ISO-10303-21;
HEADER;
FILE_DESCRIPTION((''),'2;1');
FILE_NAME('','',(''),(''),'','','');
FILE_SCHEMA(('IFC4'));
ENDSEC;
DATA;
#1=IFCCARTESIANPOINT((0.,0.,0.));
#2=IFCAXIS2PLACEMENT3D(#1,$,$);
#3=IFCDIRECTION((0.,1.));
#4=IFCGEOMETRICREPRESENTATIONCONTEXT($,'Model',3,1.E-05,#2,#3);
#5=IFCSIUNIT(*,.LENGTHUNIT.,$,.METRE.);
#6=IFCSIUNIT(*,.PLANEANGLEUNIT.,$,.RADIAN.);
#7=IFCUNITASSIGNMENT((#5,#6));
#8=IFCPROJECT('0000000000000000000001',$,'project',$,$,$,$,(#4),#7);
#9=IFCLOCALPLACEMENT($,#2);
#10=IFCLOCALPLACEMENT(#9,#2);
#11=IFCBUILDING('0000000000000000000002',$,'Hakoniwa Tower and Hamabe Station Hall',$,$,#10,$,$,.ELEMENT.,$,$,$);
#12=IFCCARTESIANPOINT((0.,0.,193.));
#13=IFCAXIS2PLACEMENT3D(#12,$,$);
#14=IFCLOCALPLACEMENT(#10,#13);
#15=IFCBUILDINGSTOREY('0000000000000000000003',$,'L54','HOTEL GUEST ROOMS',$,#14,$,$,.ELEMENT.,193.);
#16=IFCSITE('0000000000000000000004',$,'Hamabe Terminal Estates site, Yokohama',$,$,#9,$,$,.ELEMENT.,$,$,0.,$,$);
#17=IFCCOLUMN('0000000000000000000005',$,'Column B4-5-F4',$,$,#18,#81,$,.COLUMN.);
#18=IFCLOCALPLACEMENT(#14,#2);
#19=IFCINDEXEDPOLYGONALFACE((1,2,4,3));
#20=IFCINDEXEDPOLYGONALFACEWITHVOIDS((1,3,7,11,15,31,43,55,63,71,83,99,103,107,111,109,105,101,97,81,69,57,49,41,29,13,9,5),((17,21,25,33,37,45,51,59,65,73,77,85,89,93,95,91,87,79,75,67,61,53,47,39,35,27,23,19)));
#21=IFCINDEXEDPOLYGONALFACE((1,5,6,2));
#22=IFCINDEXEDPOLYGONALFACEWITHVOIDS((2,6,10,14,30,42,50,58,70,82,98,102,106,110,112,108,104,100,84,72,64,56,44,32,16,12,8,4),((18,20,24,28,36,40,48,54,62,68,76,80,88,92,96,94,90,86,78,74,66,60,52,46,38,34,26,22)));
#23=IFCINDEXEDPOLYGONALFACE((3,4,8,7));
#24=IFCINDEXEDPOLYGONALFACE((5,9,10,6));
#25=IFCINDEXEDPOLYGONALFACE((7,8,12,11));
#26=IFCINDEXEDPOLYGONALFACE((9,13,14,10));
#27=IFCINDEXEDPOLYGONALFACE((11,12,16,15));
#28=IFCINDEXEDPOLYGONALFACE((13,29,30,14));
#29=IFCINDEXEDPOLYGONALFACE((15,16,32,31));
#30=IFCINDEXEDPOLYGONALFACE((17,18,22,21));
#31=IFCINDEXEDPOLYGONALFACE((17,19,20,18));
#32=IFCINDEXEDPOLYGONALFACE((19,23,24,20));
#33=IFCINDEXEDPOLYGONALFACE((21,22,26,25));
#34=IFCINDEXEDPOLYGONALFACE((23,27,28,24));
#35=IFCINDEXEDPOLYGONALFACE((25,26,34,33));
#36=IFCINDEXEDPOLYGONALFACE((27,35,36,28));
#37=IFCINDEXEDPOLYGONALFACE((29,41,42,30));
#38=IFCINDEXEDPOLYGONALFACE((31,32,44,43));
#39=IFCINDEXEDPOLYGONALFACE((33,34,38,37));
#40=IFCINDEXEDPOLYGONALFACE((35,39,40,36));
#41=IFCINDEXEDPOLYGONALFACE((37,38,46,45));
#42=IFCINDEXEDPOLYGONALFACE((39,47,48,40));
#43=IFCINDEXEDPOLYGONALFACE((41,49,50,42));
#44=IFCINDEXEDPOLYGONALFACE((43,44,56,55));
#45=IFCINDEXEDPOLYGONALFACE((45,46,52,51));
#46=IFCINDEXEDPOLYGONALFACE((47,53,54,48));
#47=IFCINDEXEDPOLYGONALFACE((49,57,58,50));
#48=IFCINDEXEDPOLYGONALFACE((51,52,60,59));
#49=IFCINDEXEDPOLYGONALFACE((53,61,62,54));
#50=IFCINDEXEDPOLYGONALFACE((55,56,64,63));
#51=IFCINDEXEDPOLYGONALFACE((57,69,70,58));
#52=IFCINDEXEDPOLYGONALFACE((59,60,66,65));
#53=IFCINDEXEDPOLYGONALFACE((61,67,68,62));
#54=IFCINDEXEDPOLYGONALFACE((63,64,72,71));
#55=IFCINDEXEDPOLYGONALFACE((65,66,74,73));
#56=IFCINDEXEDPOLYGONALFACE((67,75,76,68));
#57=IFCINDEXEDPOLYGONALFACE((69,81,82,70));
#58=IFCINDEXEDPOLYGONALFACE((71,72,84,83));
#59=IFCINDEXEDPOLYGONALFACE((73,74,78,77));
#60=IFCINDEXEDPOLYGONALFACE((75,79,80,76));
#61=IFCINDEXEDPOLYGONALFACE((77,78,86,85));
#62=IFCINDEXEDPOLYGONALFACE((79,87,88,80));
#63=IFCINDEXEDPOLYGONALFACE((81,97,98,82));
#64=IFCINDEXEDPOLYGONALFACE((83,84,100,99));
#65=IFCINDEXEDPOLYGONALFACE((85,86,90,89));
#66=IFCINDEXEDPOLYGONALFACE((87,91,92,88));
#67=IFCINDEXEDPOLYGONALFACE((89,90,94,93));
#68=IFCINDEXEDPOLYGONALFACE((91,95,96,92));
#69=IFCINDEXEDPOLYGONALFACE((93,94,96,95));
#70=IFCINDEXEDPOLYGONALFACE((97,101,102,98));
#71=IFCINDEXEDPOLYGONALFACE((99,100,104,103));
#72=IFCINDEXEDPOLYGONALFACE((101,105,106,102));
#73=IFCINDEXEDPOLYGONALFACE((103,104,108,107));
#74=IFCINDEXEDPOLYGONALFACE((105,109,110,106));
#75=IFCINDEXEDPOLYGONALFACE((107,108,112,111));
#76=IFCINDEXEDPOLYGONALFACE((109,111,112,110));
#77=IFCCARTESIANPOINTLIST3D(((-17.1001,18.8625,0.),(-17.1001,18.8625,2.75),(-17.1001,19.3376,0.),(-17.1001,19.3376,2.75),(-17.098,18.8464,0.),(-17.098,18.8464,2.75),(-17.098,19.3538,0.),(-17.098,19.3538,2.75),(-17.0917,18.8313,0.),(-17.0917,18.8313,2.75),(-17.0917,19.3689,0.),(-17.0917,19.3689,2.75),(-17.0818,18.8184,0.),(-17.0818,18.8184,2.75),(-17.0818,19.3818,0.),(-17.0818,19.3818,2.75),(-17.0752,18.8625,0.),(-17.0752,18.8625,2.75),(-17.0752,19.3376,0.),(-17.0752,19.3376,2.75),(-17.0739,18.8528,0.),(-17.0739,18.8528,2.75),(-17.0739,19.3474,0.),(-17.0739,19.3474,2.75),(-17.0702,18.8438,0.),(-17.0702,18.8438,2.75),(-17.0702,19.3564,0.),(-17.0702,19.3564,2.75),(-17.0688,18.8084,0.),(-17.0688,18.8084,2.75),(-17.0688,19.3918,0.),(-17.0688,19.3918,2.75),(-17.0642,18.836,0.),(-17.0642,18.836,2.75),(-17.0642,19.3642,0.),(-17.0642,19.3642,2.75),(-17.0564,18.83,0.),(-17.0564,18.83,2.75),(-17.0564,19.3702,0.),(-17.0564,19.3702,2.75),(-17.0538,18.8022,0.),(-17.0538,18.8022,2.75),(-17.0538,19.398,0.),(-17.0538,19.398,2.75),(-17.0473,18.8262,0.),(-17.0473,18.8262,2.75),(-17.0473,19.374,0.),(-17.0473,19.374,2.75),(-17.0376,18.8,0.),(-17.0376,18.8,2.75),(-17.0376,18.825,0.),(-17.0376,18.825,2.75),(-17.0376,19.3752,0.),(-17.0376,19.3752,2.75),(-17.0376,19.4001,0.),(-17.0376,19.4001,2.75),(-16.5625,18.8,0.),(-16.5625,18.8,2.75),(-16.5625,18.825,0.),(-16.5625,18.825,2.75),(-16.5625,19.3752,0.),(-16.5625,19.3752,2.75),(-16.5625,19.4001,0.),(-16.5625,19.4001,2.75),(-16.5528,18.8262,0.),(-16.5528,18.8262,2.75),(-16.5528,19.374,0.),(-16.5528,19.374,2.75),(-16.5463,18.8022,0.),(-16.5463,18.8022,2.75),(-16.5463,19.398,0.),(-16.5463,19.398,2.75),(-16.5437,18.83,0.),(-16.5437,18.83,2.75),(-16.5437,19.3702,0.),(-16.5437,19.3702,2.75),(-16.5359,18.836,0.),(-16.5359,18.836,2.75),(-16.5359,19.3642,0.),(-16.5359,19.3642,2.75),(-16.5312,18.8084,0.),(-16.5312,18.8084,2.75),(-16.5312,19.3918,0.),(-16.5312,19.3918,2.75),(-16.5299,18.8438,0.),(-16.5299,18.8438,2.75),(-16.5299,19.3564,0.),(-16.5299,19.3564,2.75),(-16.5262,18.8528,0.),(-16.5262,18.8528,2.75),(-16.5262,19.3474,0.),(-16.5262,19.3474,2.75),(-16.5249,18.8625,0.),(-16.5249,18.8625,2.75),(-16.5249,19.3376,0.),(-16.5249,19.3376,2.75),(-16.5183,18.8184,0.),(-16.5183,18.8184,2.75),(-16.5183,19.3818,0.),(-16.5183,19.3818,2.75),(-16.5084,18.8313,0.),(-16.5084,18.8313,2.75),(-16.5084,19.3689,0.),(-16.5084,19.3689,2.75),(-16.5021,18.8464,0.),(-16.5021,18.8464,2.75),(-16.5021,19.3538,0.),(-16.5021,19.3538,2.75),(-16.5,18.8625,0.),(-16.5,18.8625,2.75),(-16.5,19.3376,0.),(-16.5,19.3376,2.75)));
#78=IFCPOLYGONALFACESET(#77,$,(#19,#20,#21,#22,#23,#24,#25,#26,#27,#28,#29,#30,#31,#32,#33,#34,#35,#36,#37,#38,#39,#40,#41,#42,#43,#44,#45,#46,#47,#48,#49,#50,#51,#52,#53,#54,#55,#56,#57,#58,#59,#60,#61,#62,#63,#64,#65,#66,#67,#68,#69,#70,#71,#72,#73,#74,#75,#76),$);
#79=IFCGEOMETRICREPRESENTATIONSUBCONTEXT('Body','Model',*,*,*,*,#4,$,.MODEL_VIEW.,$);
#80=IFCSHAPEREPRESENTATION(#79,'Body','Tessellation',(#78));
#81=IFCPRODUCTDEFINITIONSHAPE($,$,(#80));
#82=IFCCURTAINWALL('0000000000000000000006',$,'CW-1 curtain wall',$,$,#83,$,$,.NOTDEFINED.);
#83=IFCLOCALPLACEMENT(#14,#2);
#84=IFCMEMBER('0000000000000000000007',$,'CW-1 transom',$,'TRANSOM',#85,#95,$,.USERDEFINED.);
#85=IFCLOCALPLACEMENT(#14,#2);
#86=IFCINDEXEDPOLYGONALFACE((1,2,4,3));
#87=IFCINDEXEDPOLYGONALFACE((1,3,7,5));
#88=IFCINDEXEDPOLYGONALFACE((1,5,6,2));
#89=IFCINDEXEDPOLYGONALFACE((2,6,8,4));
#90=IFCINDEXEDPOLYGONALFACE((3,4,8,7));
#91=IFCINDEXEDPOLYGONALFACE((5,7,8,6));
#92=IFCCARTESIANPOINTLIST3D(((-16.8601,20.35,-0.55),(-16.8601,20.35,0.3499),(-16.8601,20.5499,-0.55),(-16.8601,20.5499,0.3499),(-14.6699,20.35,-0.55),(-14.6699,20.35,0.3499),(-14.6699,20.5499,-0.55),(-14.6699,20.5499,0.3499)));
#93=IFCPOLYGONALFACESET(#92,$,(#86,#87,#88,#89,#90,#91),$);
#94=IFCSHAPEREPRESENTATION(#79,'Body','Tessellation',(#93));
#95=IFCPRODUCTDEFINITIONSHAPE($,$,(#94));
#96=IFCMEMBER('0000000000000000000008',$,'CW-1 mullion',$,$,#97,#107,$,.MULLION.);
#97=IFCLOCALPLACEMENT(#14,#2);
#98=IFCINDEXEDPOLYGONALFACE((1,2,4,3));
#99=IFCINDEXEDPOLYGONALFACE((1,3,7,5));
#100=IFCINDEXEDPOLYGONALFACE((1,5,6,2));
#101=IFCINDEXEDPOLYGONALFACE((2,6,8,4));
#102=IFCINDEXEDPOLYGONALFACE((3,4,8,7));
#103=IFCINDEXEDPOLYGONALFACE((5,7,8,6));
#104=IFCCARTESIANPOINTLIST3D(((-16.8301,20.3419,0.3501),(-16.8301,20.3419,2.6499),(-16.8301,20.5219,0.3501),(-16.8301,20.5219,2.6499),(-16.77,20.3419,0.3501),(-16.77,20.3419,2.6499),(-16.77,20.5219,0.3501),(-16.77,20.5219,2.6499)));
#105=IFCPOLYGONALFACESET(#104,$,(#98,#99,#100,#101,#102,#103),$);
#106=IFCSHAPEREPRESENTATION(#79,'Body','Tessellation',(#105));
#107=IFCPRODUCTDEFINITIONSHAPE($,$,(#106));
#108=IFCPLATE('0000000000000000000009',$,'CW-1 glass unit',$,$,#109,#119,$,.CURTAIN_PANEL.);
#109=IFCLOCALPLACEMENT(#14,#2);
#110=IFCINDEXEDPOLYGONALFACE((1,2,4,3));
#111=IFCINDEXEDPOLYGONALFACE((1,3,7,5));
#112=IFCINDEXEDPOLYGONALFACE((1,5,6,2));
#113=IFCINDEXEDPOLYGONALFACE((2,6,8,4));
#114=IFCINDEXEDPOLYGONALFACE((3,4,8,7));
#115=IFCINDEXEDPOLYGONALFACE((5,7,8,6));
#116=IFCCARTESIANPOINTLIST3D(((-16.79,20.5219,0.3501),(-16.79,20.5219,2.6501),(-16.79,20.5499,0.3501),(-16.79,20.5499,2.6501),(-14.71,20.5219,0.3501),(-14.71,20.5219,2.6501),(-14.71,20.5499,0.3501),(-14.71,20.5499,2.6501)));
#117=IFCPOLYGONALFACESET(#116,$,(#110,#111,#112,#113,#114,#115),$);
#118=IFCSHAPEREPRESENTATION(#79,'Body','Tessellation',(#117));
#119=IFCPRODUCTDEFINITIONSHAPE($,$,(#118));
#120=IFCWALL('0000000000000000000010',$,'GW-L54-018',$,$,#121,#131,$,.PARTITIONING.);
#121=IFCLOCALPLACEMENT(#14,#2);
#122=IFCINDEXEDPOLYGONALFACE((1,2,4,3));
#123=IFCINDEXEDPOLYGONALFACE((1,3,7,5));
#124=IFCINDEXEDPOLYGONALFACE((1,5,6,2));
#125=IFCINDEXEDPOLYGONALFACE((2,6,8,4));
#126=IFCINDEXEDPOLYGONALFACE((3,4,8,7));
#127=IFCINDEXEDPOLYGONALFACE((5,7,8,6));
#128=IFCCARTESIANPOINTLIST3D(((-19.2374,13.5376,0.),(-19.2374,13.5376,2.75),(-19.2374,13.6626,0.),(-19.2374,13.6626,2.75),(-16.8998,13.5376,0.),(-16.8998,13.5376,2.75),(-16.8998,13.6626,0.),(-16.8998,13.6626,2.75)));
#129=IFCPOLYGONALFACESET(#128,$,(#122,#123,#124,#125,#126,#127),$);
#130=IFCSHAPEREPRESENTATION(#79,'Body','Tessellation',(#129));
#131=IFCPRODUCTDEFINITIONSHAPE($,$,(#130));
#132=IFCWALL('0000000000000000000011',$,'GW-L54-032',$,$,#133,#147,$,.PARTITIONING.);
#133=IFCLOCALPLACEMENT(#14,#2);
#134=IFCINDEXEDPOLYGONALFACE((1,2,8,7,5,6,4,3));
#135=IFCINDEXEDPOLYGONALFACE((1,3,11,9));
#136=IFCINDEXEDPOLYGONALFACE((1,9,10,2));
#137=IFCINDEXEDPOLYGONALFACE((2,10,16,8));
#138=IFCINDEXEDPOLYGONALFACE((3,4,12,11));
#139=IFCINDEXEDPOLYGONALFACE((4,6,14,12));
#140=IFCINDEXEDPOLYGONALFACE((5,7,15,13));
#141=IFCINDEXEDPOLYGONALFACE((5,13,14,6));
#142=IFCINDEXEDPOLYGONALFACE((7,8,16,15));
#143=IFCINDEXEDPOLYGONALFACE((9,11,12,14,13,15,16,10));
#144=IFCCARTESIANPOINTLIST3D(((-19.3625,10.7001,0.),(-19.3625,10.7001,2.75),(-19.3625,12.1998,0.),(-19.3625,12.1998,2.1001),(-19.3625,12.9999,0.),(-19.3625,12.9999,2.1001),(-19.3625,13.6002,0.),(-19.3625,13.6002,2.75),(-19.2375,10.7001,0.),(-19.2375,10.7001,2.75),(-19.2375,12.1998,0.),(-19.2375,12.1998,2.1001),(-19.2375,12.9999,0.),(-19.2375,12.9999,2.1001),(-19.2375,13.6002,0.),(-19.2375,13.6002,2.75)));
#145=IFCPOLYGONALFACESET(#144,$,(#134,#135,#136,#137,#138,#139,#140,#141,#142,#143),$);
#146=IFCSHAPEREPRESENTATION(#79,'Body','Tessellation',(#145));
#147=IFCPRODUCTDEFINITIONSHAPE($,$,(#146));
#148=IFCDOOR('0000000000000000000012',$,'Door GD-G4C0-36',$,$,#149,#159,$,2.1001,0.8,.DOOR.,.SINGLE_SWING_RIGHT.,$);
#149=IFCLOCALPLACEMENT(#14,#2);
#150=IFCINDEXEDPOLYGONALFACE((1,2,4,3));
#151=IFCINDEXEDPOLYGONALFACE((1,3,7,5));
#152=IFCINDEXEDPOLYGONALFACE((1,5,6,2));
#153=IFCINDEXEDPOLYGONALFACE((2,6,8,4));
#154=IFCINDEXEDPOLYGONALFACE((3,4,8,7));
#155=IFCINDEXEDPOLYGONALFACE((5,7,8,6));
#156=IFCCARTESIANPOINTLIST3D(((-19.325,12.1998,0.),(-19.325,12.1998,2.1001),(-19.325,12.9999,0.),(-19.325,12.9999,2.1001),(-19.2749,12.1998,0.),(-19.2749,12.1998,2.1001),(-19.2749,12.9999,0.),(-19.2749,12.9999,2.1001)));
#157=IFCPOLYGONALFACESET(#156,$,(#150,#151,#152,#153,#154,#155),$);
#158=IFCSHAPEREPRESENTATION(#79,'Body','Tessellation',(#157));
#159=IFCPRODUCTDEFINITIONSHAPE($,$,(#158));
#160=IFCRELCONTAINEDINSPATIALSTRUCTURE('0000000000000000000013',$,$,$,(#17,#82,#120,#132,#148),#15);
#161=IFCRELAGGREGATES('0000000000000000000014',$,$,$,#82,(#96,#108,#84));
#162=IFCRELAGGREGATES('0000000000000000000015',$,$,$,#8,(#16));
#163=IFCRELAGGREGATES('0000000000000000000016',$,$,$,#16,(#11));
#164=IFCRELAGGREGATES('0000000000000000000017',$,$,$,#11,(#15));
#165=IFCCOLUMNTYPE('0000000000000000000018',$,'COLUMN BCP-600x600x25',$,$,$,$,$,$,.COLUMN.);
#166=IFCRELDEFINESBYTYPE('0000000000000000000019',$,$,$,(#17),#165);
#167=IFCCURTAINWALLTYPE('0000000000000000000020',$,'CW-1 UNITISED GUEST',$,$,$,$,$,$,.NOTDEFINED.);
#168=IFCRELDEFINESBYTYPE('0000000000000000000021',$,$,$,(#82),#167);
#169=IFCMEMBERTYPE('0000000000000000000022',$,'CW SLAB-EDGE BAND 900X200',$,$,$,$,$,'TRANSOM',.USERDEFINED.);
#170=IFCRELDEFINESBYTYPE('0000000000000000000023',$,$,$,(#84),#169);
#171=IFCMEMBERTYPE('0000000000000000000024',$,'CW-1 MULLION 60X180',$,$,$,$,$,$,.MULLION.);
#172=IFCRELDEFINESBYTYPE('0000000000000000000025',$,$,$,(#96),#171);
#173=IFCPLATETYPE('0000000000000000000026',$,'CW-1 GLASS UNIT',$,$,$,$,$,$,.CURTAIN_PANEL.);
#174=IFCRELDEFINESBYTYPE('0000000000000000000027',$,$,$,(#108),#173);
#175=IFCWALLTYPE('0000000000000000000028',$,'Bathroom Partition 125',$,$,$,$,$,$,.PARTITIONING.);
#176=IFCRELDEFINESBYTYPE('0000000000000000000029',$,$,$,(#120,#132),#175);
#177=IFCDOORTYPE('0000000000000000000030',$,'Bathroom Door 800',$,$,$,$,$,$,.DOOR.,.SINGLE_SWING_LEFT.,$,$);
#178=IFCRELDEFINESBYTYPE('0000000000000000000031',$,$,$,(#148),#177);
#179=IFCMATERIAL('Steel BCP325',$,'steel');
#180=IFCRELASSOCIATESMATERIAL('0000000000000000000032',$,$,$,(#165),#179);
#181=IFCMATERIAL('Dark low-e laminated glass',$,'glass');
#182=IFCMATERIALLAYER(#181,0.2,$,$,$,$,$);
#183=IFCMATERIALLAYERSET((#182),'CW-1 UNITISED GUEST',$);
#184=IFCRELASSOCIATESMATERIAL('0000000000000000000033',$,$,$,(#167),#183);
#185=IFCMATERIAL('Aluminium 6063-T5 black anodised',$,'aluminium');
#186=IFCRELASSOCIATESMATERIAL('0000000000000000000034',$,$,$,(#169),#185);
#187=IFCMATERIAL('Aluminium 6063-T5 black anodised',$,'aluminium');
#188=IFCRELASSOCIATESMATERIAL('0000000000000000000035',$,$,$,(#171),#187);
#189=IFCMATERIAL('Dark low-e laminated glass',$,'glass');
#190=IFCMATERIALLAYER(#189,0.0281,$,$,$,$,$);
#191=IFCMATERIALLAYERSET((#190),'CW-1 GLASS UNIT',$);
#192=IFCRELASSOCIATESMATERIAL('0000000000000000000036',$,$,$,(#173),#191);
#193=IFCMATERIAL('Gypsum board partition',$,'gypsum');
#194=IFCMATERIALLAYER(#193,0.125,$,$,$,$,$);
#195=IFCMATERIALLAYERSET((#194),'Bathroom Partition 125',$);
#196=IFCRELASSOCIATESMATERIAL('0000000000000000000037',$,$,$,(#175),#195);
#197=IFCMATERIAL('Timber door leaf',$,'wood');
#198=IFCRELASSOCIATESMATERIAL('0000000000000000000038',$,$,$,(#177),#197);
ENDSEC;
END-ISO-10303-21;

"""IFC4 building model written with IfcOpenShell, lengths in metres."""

from ifc_helpers import new_model, si_unit, direction, frame, frame_2d, origin, origin_2d, place, context, subcontext, project, spatial, rectangle, hollow_rectangle, extrude, material, layer, layer_set, material_profile, profile_set, type_object, element, fill, aggregate, save


model = new_model("IFC4")

# Units and contexts
model_context = context("Model", 3, precision=1e-05, world=origin(), true_north=direction((0.0, 1.0)))
body_context = subcontext(model_context, "Body", "Model", "MODEL_VIEW")
ifc_project = project(units=[si_unit("LENGTHUNIT", "METRE"), si_unit("PLANEANGLEUNIT", "RADIAN")], contexts=[model_context])

# Site, building, storey
site_placement = place(None, origin())
site = spatial("IfcSite", under=ifc_project, at=site_placement, Name="Hamabe Terminal Estates site, Yokohama", CompositionType="ELEMENT", RefElevation=0.0)
building_placement = place(site_placement, origin())
building = spatial("IfcBuilding", under=site, at=building_placement, Name="Hakoniwa Tower and Hamabe Station Hall", CompositionType="ELEMENT")
storey_placement = place(building_placement, frame((0.0, 0.0, 193.0)))
storey = spatial("IfcBuildingStorey", under=building, at=storey_placement, Name="L54", Description="HOTEL GUEST ROOMS", CompositionType="ELEMENT", Elevation=193.0)

# Column
ifc_material_1 = material(Name="Steel BCP325", Category="steel")
ifc_material_profile_1 = material_profile(ifc_material_1, hollow_rectangle(XDim=0.6001, YDim=0.6001, WallThickness=0.0249, InnerFilletRadius=0.0376, OuterFilletRadius=0.0625, at=origin_2d()), Name="BCP-600x600x25")
ifc_profile_set_1 = profile_set([ifc_material_profile_1], Name="Steel BCP325")
column_type = type_object("IfcColumnType", Name="COLUMN BCP-600x600x25", PredefinedType="COLUMN", material=ifc_profile_set_1)
column_placement = place(storey_placement, frame((-16.8, 19.1001, 0.0), z_axis=(0.0, 0.0, 1.0), x_axis=(1.0, 0.0, 0.0)))
element("IfcColumn", 1, at=column_placement, inside=storey, type_object=column_type, Name="Column B4-5-F4", PredefinedType="COLUMN", context=body_context, shape_type="SweptSolid", body=[
    extrude(hollow_rectangle(XDim=0.6001, YDim=0.6001, WallThickness=0.0249, InnerFilletRadius=0.0376, OuterFilletRadius=0.0625, at=origin_2d()), origin(), (0.0, 0.0, 1.0), 2.75),
])

# Curtain wall, members, plate
ifc_material_2 = material(Name="Dark low-e laminated glass", Category="glass")
ifc_layer_1 = layer(ifc_material_2, 0.2)
ifc_layer_set_1 = layer_set([ifc_layer_1], Name="CW-1 UNITISED GUEST")
curtain_wall_type = type_object("IfcCurtainWallType", Name="CW-1 UNITISED GUEST", PredefinedType="NOTDEFINED", material=ifc_layer_set_1)
curtain_wall_placement = place(storey_placement, origin())
curtain_wall = element("IfcCurtainWall", 2, at=curtain_wall_placement, inside=storey, type_object=curtain_wall_type, Name="CW-1 curtain wall", PredefinedType="NOTDEFINED")
ifc_material_3 = material(Name="Aluminium 6063-T5 black anodised", Category="aluminium")
ifc_material_profile_2 = material_profile(ifc_material_3, rectangle(XDim=0.2, YDim=0.8999, at=origin_2d()), Name="CW SLAB-EDGE BAND 900X200")
ifc_profile_set_2 = profile_set([ifc_material_profile_2], Name="Aluminium 6063-T5 black anodised")
member_type_1 = type_object("IfcMemberType", Name="CW SLAB-EDGE BAND 900X200", ElementType="TRANSOM", PredefinedType="USERDEFINED", material=ifc_profile_set_2)
member_1_placement = place(storey_placement, frame((-14.6699, 20.45, -0.1001), z_axis=(-1.0, 0.0, 0.0), x_axis=(0.0, -1.0, 0.0)))
member_1 = element("IfcMember", 3, at=member_1_placement, type_object=member_type_1, Name="CW-1 transom", ObjectType="TRANSOM", PredefinedType="USERDEFINED", context=body_context, shape_type="SweptSolid", body=[
    extrude(rectangle(XDim=0.2, YDim=0.8999, at=origin_2d()), origin(), (0.0, 0.0, 1.0), 2.1902),
])
ifc_material_4 = material(Name="Aluminium 6063-T5 black anodised", Category="aluminium")
ifc_material_profile_3 = material_profile(ifc_material_4, rectangle(XDim=0.0601, YDim=0.1799, at=origin_2d()), Name="CW-1 MULLION 60X180")
ifc_profile_set_3 = profile_set([ifc_material_profile_3], Name="Aluminium 6063-T5 black anodised")
member_type_2 = type_object("IfcMemberType", Name="CW-1 MULLION 60X180", PredefinedType="MULLION", material=ifc_profile_set_3)
member_2_placement = place(storey_placement, frame((-16.8, 20.4319, 0.3501), z_axis=(0.0, 0.0, 1.0), x_axis=(-1.0, 0.0, 0.0)))
member_2 = element("IfcMember", 4, at=member_2_placement, type_object=member_type_2, Name="CW-1 mullion", PredefinedType="MULLION", context=body_context, shape_type="SweptSolid", body=[
    extrude(rectangle(XDim=0.0601, YDim=0.1799, at=origin_2d()), origin(), (0.0, 0.0, 1.0), 2.2998),
])
ifc_material_5 = material(Name="Dark low-e laminated glass", Category="glass")
ifc_layer_2 = layer(ifc_material_5, 0.0281)
ifc_layer_set_2 = layer_set([ifc_layer_2], Name="CW-1 GLASS UNIT")
plate_type = type_object("IfcPlateType", Name="CW-1 GLASS UNIT", PredefinedType="CURTAIN_PANEL", material=ifc_layer_set_2)
plate_placement = place(storey_placement, frame((-15.75, 20.5359, 0.3501), z_axis=(0.0, 0.0, 1.0), x_axis=(-1.0, 0.0, 0.0)))
plate = element("IfcPlate", 5, at=plate_placement, type_object=plate_type, Name="CW-1 glass unit", PredefinedType="CURTAIN_PANEL", context=body_context, shape_type="SweptSolid", body=[
    extrude(rectangle(XDim=2.0801, YDim=0.0281, at=origin_2d()), origin(), (0.0, 0.0, 1.0), 2.3),
])

# Wall
ifc_material_6 = material(Name="Gypsum board partition", Category="gypsum")
ifc_layer_3 = layer(ifc_material_6, 0.125)
ifc_layer_set_3 = layer_set([ifc_layer_3], Name="Bathroom Partition 125")
wall_type_1 = type_object("IfcWallType", Name="Bathroom Partition 125", PredefinedType="PARTITIONING", material=ifc_layer_set_3)
wall_1_placement = place(storey_placement, frame((-19.2375, 13.6001, 0.0), z_axis=(0.0, 0.0, 1.0), x_axis=(1.0, 0.0, 0.0)))
element("IfcWall", 6, at=wall_1_placement, inside=storey, type_object=wall_type_1, Name="GW-L54-018", PredefinedType="PARTITIONING", context=body_context, shape_type="SweptSolid", body=[
    extrude(rectangle(XDim=2.3376, YDim=0.125, at=frame_2d((1.1689, 0.0))), origin(), (0.0, 0.0, 1.0), 2.75),
])

# Wall, opening, door
wall_2_placement = place(storey_placement, frame((-19.3, 10.7, 0.0), z_axis=(0.0, 0.0, 1.0), x_axis=(0.0, 1.0, 0.0)))
wall_2 = element("IfcWall", 7, at=wall_2_placement, inside=storey, type_object=wall_type_1, Name="GW-L54-032", PredefinedType="PARTITIONING", context=body_context, shape_type="SweptSolid", body=[
    extrude(rectangle(XDim=2.9001, YDim=0.125, at=frame_2d((1.4502, 0.0))), origin(), (0.0, 0.0, 1.0), 2.75),
])
opening_1_placement = place(wall_2_placement, frame((1.5, 0.0, 0.0)))
opening_1 = element("IfcOpeningElement", 8, at=opening_1_placement, cuts=wall_2, PredefinedType="OPENING", context=body_context, shape_type="SweptSolid", body=[
    extrude(rectangle(XDim=0.8, YDim=2.1001, at=frame_2d((0.3999, 1.05))), frame((0.0, 0.0725, 0.0), z_axis=(0.0, -1.0, 0.0), x_axis=(1.0, 0.0, 0.0)), (0.0, 0.0, 1.0), 0.145),
])
ifc_material_7 = material(Name="Timber door leaf", Category="wood")
door_type_1 = type_object("IfcDoorType", Name="Bathroom Door 800", OperationType="SINGLE_SWING_LEFT", PredefinedType="DOOR", material=ifc_material_7)
door_1_placement = place(opening_1_placement, origin())
door_1 = element("IfcDoor", 9, at=door_1_placement, inside=storey, type_object=door_type_1, Name="Door GD-G4C0-36", OperationType="SINGLE_SWING_RIGHT", OverallHeight=2.1001, OverallWidth=0.8, PredefinedType="DOOR", context=body_context, shape_type="SweptSolid", body=[
    extrude(rectangle(XDim=0.8, YDim=2.1001, at=frame_2d((0.3999, 1.05))), frame((0.0, 0.0249, 0.0), z_axis=(0.0, -1.0, 0.0), x_axis=(1.0, 0.0, 0.0)), (0.0, 0.0, 1.0), 0.05),
])
fill(opening_1, door_1)
aggregate(curtain_wall, [member_2, plate, member_1])

save(model, "model.ifc")
